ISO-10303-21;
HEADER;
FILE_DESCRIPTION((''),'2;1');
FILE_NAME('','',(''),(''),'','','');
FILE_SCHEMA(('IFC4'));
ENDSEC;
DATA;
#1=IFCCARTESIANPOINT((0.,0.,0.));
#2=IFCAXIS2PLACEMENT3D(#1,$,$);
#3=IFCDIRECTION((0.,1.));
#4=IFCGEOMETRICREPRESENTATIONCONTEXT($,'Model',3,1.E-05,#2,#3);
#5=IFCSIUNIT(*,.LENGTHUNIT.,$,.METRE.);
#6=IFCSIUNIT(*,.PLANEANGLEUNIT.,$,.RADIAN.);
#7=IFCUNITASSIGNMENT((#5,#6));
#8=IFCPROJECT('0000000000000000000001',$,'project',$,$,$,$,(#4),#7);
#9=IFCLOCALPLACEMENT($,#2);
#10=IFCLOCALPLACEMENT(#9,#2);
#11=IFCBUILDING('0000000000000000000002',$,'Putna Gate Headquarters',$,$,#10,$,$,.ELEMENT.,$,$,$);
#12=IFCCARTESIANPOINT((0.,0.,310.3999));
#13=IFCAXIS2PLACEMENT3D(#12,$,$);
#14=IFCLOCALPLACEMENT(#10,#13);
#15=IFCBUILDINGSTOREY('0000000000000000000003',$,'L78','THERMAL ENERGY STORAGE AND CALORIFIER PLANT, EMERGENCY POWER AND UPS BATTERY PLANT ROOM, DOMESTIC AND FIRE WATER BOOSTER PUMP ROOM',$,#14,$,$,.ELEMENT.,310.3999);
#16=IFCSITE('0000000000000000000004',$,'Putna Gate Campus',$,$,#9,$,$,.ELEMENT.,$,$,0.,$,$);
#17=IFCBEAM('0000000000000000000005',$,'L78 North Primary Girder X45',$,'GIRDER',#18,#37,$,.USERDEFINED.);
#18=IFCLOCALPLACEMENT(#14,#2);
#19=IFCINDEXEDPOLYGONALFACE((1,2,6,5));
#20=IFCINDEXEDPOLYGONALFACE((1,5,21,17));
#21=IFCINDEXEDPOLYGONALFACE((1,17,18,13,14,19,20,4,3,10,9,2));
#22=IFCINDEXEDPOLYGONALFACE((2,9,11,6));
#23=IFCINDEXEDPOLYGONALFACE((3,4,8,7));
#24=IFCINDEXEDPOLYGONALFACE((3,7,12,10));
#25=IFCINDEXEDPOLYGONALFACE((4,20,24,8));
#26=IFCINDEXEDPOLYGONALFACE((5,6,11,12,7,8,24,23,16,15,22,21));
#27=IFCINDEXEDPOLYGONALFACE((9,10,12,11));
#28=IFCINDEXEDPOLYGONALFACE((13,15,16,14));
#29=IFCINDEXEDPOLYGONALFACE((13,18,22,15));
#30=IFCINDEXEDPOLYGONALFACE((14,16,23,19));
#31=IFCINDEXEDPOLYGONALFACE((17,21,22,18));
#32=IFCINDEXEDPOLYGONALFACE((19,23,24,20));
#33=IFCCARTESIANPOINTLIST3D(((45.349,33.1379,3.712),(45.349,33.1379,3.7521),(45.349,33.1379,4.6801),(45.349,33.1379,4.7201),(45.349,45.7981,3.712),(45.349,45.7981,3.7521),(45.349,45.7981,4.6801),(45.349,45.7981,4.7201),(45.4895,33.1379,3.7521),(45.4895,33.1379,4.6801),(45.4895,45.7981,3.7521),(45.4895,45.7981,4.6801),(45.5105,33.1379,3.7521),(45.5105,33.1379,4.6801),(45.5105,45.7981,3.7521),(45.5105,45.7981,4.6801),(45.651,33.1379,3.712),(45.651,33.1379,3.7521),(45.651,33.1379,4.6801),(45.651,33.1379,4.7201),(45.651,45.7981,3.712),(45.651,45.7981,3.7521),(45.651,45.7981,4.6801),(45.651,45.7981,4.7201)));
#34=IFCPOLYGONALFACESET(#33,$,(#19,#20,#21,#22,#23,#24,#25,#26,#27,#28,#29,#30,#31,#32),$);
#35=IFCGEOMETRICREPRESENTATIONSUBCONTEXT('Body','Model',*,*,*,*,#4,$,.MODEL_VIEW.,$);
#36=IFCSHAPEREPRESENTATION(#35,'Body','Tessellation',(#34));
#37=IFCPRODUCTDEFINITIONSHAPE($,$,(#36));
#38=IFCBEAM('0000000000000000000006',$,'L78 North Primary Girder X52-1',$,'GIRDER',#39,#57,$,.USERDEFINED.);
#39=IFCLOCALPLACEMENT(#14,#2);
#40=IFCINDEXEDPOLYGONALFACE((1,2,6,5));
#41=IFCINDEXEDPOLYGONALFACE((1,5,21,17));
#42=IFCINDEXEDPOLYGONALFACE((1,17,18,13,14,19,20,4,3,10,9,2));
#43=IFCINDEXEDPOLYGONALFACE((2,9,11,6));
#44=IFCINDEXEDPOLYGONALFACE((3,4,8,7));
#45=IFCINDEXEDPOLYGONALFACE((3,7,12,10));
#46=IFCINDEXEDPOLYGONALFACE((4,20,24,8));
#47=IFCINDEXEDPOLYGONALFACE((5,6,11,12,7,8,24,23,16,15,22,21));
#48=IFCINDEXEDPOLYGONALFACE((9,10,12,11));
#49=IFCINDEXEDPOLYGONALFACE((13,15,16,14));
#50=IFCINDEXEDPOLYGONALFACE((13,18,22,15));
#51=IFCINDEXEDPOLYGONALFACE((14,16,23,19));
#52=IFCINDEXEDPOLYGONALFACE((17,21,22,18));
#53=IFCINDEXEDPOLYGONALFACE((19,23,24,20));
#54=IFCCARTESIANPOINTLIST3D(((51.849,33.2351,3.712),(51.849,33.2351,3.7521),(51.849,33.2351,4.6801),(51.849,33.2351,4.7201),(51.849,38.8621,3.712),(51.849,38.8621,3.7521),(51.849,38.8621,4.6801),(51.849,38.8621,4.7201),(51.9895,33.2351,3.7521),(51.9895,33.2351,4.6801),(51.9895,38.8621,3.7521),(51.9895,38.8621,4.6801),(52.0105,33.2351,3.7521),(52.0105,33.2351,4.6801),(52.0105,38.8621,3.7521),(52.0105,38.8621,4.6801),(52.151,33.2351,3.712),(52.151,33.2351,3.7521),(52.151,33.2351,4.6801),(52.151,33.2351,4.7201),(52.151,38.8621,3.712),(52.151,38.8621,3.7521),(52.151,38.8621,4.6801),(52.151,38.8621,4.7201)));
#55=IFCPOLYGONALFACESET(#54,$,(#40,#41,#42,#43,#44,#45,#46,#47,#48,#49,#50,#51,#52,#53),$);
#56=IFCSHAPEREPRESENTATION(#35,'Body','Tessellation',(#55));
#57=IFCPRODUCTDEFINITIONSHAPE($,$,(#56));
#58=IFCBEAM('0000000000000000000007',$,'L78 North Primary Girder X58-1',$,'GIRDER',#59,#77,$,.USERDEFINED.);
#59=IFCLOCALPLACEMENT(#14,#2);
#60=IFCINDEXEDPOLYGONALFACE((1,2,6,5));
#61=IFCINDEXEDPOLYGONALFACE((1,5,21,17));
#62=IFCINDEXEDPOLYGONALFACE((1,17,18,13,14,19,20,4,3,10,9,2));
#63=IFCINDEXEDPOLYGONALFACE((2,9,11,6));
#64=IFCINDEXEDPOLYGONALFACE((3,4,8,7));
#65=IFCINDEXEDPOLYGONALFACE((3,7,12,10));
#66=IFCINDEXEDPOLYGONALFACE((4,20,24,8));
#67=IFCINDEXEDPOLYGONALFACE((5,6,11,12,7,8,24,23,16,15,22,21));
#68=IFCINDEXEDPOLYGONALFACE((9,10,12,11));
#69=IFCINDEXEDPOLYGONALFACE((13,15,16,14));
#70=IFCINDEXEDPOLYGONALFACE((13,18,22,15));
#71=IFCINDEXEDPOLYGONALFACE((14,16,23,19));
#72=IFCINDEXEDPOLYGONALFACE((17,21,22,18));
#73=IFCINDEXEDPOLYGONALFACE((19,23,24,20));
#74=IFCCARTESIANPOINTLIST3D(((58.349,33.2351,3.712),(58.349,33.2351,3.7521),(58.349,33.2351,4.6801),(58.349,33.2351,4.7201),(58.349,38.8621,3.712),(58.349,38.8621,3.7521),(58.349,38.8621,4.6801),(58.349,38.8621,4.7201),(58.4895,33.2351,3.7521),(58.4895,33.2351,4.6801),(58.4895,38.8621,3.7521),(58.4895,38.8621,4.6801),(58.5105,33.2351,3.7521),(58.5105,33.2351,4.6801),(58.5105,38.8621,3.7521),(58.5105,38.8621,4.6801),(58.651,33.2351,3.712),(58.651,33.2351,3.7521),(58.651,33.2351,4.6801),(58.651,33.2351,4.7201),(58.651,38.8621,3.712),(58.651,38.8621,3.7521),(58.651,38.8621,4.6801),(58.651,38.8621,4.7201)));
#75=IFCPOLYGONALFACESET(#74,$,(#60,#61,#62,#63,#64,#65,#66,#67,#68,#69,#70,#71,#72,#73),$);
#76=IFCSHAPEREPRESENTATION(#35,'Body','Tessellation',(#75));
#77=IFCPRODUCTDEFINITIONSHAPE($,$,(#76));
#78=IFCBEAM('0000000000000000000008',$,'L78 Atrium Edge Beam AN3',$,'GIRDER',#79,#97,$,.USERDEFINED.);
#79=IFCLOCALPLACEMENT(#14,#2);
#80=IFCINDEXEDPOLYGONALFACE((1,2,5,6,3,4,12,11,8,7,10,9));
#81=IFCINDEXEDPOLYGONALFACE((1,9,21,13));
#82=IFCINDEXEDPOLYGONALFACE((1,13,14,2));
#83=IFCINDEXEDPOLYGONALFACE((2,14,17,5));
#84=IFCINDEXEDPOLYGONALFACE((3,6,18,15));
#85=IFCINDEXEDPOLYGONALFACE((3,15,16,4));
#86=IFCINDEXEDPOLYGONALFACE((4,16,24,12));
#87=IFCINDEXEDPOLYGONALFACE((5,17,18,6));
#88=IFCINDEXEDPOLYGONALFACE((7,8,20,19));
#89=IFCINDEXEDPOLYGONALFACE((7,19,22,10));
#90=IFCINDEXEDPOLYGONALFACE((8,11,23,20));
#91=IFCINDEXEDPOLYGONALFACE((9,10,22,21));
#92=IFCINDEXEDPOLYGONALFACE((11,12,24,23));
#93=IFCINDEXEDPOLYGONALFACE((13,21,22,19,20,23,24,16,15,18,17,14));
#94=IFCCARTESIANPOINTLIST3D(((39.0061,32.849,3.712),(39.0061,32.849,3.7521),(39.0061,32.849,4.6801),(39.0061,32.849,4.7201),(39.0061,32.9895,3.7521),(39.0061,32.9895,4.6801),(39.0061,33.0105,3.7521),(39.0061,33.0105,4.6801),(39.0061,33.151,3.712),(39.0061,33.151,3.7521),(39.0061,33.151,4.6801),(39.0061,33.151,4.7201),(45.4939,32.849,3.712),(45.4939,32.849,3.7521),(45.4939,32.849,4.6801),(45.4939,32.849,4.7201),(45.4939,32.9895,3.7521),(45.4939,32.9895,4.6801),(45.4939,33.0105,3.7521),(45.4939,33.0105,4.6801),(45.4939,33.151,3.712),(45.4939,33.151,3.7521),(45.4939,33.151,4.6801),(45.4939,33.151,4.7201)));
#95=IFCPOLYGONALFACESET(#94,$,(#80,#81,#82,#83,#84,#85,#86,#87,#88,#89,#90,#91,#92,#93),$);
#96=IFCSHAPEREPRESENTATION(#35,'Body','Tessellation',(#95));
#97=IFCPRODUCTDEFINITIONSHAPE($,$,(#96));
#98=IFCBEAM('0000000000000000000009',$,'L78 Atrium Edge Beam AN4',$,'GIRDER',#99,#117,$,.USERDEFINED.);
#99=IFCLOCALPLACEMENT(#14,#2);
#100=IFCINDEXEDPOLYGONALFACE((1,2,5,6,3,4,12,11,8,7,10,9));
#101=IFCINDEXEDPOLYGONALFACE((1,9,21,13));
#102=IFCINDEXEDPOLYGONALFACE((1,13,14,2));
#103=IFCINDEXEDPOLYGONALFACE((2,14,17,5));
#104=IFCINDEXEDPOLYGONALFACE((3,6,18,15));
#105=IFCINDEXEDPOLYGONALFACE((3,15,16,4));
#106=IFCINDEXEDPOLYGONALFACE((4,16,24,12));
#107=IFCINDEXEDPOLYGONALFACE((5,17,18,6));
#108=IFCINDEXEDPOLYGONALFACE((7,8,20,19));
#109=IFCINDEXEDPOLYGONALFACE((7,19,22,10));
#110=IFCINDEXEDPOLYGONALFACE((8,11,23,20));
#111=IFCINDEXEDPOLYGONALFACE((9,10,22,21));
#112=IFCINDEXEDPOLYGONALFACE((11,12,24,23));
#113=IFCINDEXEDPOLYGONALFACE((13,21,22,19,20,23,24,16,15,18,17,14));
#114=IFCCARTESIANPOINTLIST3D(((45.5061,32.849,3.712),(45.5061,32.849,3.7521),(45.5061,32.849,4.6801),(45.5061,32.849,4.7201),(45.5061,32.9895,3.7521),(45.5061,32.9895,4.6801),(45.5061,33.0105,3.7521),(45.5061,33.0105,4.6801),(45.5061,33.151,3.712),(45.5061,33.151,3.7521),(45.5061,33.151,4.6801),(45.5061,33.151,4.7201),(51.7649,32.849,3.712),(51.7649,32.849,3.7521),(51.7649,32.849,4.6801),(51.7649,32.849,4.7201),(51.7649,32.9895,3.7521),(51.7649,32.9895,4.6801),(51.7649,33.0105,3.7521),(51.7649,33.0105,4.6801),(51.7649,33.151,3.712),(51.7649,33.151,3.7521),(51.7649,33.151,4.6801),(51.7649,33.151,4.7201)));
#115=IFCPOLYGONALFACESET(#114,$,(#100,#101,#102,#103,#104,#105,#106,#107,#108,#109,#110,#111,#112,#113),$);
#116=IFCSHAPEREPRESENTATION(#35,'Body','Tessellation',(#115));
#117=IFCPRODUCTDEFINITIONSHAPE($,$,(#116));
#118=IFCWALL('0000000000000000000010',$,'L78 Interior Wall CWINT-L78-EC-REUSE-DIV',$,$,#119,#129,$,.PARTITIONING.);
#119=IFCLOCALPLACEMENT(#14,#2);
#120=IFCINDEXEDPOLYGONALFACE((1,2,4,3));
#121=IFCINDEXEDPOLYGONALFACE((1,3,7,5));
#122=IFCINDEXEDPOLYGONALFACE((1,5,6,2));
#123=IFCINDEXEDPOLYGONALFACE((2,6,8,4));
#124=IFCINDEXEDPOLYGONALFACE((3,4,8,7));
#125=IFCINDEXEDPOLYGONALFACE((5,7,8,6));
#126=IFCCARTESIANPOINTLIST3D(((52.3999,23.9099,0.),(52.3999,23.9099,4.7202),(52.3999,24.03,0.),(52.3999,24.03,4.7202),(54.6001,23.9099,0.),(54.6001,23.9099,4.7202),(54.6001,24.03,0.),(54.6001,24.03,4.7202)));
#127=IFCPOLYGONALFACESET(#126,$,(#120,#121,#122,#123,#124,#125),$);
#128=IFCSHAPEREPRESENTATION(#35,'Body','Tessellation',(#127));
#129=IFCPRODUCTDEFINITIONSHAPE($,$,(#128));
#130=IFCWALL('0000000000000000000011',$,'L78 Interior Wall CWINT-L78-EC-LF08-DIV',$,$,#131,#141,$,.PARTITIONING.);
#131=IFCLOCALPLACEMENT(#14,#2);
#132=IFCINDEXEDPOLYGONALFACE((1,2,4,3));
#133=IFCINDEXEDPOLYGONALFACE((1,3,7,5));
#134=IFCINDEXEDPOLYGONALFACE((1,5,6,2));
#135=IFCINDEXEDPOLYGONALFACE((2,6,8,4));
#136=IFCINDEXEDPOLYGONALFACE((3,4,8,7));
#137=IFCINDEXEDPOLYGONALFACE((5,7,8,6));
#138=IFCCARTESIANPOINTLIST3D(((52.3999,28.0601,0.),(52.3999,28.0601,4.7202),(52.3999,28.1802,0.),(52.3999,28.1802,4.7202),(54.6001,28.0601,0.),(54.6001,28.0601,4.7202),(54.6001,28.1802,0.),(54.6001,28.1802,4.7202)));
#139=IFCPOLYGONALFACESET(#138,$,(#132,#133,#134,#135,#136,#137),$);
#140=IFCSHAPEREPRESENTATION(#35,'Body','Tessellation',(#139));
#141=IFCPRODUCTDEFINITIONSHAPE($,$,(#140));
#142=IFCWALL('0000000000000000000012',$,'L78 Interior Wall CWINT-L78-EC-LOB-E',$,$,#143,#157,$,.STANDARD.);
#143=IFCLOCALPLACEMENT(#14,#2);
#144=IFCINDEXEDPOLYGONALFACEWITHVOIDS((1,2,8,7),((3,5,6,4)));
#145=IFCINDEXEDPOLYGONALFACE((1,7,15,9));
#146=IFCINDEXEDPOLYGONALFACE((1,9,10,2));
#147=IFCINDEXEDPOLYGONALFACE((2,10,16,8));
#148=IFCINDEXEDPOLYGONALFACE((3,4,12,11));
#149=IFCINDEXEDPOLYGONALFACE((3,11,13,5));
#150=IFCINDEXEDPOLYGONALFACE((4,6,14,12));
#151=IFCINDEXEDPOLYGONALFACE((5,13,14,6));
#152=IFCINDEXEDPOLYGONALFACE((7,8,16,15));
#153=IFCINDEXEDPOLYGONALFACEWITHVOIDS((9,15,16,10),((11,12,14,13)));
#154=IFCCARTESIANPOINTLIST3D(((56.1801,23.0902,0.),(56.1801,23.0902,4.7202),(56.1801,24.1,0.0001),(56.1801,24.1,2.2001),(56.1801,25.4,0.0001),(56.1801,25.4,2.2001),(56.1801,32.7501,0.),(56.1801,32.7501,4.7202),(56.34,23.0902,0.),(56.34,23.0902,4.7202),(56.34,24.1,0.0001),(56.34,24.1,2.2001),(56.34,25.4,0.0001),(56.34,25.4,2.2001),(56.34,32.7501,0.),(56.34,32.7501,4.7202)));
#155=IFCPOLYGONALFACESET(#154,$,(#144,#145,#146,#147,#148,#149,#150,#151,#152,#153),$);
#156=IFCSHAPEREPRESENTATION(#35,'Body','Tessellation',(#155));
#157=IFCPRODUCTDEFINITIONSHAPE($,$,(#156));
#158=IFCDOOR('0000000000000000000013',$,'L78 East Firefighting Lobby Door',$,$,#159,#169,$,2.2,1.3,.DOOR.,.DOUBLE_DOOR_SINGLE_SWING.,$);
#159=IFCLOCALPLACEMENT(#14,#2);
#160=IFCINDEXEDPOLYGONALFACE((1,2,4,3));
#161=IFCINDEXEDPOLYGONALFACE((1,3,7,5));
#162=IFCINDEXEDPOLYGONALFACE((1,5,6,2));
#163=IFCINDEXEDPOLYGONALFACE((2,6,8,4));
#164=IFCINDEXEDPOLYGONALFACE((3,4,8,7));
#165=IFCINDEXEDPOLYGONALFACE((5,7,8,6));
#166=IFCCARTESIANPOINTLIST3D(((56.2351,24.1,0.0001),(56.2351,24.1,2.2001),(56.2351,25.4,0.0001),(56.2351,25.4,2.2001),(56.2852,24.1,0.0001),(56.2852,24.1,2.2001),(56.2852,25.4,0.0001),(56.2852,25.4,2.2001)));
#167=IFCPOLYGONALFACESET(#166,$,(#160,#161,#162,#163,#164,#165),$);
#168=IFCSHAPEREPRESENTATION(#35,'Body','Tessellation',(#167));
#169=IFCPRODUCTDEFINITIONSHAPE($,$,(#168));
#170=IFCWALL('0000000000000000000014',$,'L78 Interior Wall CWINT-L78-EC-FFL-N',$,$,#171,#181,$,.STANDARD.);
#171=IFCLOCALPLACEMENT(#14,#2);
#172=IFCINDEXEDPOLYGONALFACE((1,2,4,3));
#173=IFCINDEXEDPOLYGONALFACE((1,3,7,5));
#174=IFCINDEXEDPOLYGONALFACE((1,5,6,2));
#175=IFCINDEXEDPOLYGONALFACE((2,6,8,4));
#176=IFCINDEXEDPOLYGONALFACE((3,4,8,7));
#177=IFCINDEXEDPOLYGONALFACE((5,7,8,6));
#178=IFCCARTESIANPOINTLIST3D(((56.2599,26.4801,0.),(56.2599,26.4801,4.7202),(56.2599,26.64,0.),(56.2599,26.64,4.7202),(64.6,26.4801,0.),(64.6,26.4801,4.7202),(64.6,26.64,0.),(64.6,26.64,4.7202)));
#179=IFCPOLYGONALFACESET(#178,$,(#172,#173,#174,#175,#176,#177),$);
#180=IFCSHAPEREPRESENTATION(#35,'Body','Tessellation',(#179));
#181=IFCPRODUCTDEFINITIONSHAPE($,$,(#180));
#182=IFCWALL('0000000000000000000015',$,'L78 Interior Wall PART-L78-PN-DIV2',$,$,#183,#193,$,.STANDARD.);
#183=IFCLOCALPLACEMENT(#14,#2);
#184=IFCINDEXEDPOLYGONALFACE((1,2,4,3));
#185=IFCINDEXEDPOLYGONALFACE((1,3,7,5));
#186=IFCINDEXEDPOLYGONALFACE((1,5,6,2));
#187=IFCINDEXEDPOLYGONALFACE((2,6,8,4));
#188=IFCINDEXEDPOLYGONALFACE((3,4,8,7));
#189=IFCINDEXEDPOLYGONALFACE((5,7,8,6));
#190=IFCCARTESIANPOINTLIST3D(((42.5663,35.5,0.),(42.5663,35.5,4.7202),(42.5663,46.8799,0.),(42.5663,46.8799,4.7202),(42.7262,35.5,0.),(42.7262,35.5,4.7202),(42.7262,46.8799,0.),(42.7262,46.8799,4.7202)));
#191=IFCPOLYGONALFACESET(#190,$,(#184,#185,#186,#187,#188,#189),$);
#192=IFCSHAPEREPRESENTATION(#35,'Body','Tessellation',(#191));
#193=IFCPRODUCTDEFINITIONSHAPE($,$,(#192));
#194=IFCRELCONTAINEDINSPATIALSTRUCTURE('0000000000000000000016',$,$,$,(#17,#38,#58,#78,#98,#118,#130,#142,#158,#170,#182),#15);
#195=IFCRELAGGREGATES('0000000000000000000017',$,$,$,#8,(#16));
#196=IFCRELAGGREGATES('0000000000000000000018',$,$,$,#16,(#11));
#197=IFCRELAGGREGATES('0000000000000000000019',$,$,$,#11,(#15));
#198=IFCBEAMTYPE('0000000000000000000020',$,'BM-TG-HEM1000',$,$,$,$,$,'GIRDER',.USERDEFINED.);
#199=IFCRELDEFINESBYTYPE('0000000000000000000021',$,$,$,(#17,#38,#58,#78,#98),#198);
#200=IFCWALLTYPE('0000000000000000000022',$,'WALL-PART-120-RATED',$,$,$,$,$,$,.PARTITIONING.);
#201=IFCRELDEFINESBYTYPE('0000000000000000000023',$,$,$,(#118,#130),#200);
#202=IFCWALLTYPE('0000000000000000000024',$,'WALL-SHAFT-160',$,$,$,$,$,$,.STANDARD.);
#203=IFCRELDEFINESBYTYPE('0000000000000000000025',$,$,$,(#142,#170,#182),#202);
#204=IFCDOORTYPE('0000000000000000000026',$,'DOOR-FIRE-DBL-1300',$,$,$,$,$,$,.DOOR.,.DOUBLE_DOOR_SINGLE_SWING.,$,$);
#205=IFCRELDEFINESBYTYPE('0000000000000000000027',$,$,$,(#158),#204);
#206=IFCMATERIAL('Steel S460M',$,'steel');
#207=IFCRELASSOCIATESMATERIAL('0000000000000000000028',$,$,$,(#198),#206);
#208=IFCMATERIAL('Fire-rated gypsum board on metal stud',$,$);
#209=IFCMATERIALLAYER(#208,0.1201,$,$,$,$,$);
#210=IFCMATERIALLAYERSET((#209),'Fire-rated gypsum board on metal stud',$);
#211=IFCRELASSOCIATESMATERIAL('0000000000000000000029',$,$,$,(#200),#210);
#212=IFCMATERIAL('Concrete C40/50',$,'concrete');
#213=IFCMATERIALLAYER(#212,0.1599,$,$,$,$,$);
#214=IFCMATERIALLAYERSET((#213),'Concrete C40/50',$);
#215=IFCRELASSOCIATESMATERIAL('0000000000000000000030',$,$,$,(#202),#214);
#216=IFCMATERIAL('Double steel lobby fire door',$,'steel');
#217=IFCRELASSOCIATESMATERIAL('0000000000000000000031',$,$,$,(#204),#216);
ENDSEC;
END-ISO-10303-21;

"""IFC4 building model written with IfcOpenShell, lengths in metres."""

from ifc_helpers import new_model, si_unit, direction, frame, frame_2d, origin, origin_2d, place, context, subcontext, project, spatial, rectangle, i_section, extrude, material, layer, layer_set, material_profile, profile_set, type_object, element, fill, save


model = new_model("IFC4")

# Units and contexts
model_context = context("Model", 3, precision=1e-05, world=origin(), true_north=direction((0.0, 1.0)))
body_context = subcontext(model_context, "Body", "Model", "MODEL_VIEW")
ifc_project = project(units=[si_unit("LENGTHUNIT", "METRE"), si_unit("PLANEANGLEUNIT", "RADIAN")], contexts=[model_context])

# Site, building, storey
site_placement = place(None, origin())
site = spatial("IfcSite", under=ifc_project, at=site_placement, Name="Putna Gate Campus", CompositionType="ELEMENT", RefElevation=0.0)
building_placement = place(site_placement, origin())
building = spatial("IfcBuilding", under=site, at=building_placement, Name="Putna Gate Headquarters", CompositionType="ELEMENT")
storey_placement = place(building_placement, frame((0.0, 0.0, 310.3999)))
storey = spatial("IfcBuildingStorey", under=building, at=storey_placement, Name="L78", Description="THERMAL ENERGY STORAGE AND CALORIFIER PLANT, EMERGENCY POWER AND UPS BATTERY PLANT ROOM, DOMESTIC AND FIRE WATER BOOSTER PUMP ROOM", CompositionType="ELEMENT", Elevation=310.3999)

# Shared definitions
ifc_material_1 = material(Name="Steel S460M", Category="steel")

# Beams
ifc_material_profile_1 = material_profile(ifc_material_1, i_section(OverallWidth=0.302, OverallDepth=1.0081, WebThickness=0.021, FlangeThickness=0.04, at=origin_2d()), Name="Steel S460M")
ifc_profile_set_1 = profile_set([ifc_material_profile_1], Name="Steel S460M")
beam_type_1 = type_object("IfcBeamType", Name="BM-TG-HEM1000", ElementType="GIRDER", PredefinedType="USERDEFINED", material=ifc_profile_set_1)
beam_1_placement = place(storey_placement, frame((45.5, 33.1379, 4.2161), z_axis=(0.0, 1.0, 0.0), x_axis=(-1.0, 0.0, 0.0)))
element("IfcBeam", 1, at=beam_1_placement, inside=storey, type_object=beam_type_1, Name="L78 North Primary Girder X45", ObjectType="GIRDER", PredefinedType="USERDEFINED", context=body_context, shape_type="SweptSolid", body=[
    extrude(i_section(OverallWidth=0.302, OverallDepth=1.0081, WebThickness=0.021, FlangeThickness=0.04, at=origin_2d()), origin(), (0.0, 0.0, 1.0), 12.6602),
])
for number, where, z_axis, x_axis, name in (
    (2, (52.0, 33.2351, 4.2161), (0.0, 1.0, 0.0), (-1.0, 0.0, 0.0), "L78 North Primary Girder X52-1"),
    (3, (58.5, 33.2351, 4.2161), (0.0, 1.0, 0.0), (-1.0, 0.0, 0.0), "L78 North Primary Girder X58-1"),
):
    element("IfcBeam", number, at=place(storey_placement, frame(where, z_axis=z_axis, x_axis=x_axis)), inside=storey, type_object=beam_type_1, Name=name, ObjectType="GIRDER", PredefinedType="USERDEFINED", context=body_context, shape_type="SweptSolid", body=[
        extrude(i_section(OverallWidth=0.302, OverallDepth=1.0081, WebThickness=0.021, FlangeThickness=0.04, at=origin_2d()), origin(), (0.0, 0.0, 1.0), 5.627),
    ])
beam_2_placement = place(storey_placement, frame((39.0061, 33.0, 4.2161), z_axis=(1.0, 0.0, 0.0), x_axis=(0.0, 1.0, 0.0)))
element("IfcBeam", 4, at=beam_2_placement, inside=storey, type_object=beam_type_1, Name="L78 Atrium Edge Beam AN3", ObjectType="GIRDER", PredefinedType="USERDEFINED", context=body_context, shape_type="SweptSolid", body=[
    extrude(i_section(OverallWidth=0.302, OverallDepth=1.0081, WebThickness=0.021, FlangeThickness=0.04, at=origin_2d()), origin(), (0.0, 0.0, 1.0), 6.4878),
])
beam_3_placement = place(storey_placement, frame((45.5061, 33.0, 4.2161), z_axis=(1.0, 0.0, 0.0), x_axis=(0.0, 1.0, 0.0)))
element("IfcBeam", 5, at=beam_3_placement, inside=storey, type_object=beam_type_1, Name="L78 Atrium Edge Beam AN4", ObjectType="GIRDER", PredefinedType="USERDEFINED", context=body_context, shape_type="SweptSolid", body=[
    extrude(i_section(OverallWidth=0.302, OverallDepth=1.0081, WebThickness=0.021, FlangeThickness=0.04, at=origin_2d()), origin(), (0.0, 0.0, 1.0), 6.2588),
])

# Walls
ifc_material_2 = material(Name="Fire-rated gypsum board on metal stud")
ifc_layer_1 = layer(ifc_material_2, 0.1201)
ifc_layer_set_1 = layer_set([ifc_layer_1], Name="Fire-rated gypsum board on metal stud")
wall_type_1 = type_object("IfcWallType", Name="WALL-PART-120-RATED", PredefinedType="PARTITIONING", material=ifc_layer_set_1)
for number, where, z_axis, x_axis, name in (
    (6, (52.3999, 23.97, 0.0), (0.0, 0.0, 1.0), (1.0, 0.0, 0.0), "L78 Interior Wall CWINT-L78-EC-REUSE-DIV"),
    (7, (52.3999, 28.1201, 0.0), (0.0, 0.0, 1.0), (1.0, 0.0, 0.0), "L78 Interior Wall CWINT-L78-EC-LF08-DIV"),
):
    element("IfcWall", number, at=place(storey_placement, frame(where, z_axis=z_axis, x_axis=x_axis)), inside=storey, type_object=wall_type_1, Name=name, PredefinedType="PARTITIONING", context=body_context, shape_type="SweptSolid", body=[
        extrude(rectangle(XDim=2.2002, YDim=0.1201, at=frame_2d((1.1001, 0.0))), origin(), (0.0, 0.0, 1.0), 4.7202),
    ])

# Wall, opening, door
ifc_material_3 = material(Name="Concrete C40/50", Category="concrete")
ifc_layer_2 = layer(ifc_material_3, 0.1599)
ifc_layer_set_2 = layer_set([ifc_layer_2], Name="Concrete C40/50")
wall_type_2 = type_object("IfcWallType", Name="WALL-SHAFT-160", PredefinedType="STANDARD", material=ifc_layer_set_2)
wall_1_placement = place(storey_placement, frame((56.26, 23.0901, 0.0), z_axis=(0.0, 0.0, 1.0), x_axis=(0.0, 1.0, 0.0)))
wall_1 = element("IfcWall", 8, at=wall_1_placement, inside=storey, type_object=wall_type_2, Name="L78 Interior Wall CWINT-L78-EC-LOB-E", PredefinedType="STANDARD", context=body_context, shape_type="SweptSolid", body=[
    extrude(rectangle(XDim=9.6599, YDim=0.1599, at=frame_2d((4.8301, 0.0))), origin(), (0.0, 0.0, 1.0), 4.7202),
])
opening_1_placement = place(wall_1_placement, frame((1.01, 0.0, 0.0)))
opening_1 = element("IfcOpeningElement", 9, at=opening_1_placement, cuts=wall_1, PredefinedType="OPENING", context=body_context, shape_type="SweptSolid", body=[
    extrude(rectangle(XDim=1.3, YDim=2.2, at=frame_2d((0.6499, 1.1001))), frame((0.0, 0.0898, 0.0), z_axis=(0.0, -1.0, 0.0), x_axis=(1.0, 0.0, 0.0)), (0.0, 0.0, 1.0), 0.1799),
])
ifc_material_4 = material(Name="Double steel lobby fire door", Category="steel")
door_type_1 = type_object("IfcDoorType", Name="DOOR-FIRE-DBL-1300", OperationType="DOUBLE_DOOR_SINGLE_SWING", PredefinedType="DOOR", material=ifc_material_4)
door_1_placement = place(opening_1_placement, origin())
door_1 = element("IfcDoor", 10, at=door_1_placement, inside=storey, type_object=door_type_1, Name="L78 East Firefighting Lobby Door", OperationType="DOUBLE_DOOR_SINGLE_SWING", OverallHeight=2.2, OverallWidth=1.3, PredefinedType="DOOR", context=body_context, shape_type="SweptSolid", body=[
    extrude(rectangle(XDim=1.3, YDim=2.2, at=frame_2d((0.6499, 1.1001))), frame((0.0, 0.0249, 0.0), z_axis=(0.0, -1.0, 0.0), x_axis=(1.0, 0.0, 0.0)), (0.0, 0.0, 1.0), 0.05),
])
fill(opening_1, door_1)

# Walls
wall_2_placement = place(storey_placement, frame((56.26, 26.5601, 0.0), z_axis=(0.0, 0.0, 1.0), x_axis=(1.0, 0.0, 0.0)))
element("IfcWall", 11, at=wall_2_placement, inside=storey, type_object=wall_type_2, Name="L78 Interior Wall CWINT-L78-EC-FFL-N", PredefinedType="STANDARD", context=body_context, shape_type="SweptSolid", body=[
    extrude(rectangle(XDim=8.3401, YDim=0.1599, at=frame_2d((4.1699, 0.0))), origin(), (0.0, 0.0, 1.0), 4.7202),
])
wall_3_placement = place(storey_placement, frame((42.6462, 35.5, 0.0), z_axis=(0.0, 0.0, 1.0), x_axis=(0.0, 1.0, 0.0)))
element("IfcWall", 12, at=wall_3_placement, inside=storey, type_object=wall_type_2, Name="L78 Interior Wall PART-L78-PN-DIV2", PredefinedType="STANDARD", context=body_context, shape_type="SweptSolid", body=[
    extrude(rectangle(XDim=11.3799, YDim=0.1599, at=frame_2d((5.6899, 0.0))), origin(), (0.0, 0.0, 1.0), 4.7202),
])

save(model, "model.ifc")
